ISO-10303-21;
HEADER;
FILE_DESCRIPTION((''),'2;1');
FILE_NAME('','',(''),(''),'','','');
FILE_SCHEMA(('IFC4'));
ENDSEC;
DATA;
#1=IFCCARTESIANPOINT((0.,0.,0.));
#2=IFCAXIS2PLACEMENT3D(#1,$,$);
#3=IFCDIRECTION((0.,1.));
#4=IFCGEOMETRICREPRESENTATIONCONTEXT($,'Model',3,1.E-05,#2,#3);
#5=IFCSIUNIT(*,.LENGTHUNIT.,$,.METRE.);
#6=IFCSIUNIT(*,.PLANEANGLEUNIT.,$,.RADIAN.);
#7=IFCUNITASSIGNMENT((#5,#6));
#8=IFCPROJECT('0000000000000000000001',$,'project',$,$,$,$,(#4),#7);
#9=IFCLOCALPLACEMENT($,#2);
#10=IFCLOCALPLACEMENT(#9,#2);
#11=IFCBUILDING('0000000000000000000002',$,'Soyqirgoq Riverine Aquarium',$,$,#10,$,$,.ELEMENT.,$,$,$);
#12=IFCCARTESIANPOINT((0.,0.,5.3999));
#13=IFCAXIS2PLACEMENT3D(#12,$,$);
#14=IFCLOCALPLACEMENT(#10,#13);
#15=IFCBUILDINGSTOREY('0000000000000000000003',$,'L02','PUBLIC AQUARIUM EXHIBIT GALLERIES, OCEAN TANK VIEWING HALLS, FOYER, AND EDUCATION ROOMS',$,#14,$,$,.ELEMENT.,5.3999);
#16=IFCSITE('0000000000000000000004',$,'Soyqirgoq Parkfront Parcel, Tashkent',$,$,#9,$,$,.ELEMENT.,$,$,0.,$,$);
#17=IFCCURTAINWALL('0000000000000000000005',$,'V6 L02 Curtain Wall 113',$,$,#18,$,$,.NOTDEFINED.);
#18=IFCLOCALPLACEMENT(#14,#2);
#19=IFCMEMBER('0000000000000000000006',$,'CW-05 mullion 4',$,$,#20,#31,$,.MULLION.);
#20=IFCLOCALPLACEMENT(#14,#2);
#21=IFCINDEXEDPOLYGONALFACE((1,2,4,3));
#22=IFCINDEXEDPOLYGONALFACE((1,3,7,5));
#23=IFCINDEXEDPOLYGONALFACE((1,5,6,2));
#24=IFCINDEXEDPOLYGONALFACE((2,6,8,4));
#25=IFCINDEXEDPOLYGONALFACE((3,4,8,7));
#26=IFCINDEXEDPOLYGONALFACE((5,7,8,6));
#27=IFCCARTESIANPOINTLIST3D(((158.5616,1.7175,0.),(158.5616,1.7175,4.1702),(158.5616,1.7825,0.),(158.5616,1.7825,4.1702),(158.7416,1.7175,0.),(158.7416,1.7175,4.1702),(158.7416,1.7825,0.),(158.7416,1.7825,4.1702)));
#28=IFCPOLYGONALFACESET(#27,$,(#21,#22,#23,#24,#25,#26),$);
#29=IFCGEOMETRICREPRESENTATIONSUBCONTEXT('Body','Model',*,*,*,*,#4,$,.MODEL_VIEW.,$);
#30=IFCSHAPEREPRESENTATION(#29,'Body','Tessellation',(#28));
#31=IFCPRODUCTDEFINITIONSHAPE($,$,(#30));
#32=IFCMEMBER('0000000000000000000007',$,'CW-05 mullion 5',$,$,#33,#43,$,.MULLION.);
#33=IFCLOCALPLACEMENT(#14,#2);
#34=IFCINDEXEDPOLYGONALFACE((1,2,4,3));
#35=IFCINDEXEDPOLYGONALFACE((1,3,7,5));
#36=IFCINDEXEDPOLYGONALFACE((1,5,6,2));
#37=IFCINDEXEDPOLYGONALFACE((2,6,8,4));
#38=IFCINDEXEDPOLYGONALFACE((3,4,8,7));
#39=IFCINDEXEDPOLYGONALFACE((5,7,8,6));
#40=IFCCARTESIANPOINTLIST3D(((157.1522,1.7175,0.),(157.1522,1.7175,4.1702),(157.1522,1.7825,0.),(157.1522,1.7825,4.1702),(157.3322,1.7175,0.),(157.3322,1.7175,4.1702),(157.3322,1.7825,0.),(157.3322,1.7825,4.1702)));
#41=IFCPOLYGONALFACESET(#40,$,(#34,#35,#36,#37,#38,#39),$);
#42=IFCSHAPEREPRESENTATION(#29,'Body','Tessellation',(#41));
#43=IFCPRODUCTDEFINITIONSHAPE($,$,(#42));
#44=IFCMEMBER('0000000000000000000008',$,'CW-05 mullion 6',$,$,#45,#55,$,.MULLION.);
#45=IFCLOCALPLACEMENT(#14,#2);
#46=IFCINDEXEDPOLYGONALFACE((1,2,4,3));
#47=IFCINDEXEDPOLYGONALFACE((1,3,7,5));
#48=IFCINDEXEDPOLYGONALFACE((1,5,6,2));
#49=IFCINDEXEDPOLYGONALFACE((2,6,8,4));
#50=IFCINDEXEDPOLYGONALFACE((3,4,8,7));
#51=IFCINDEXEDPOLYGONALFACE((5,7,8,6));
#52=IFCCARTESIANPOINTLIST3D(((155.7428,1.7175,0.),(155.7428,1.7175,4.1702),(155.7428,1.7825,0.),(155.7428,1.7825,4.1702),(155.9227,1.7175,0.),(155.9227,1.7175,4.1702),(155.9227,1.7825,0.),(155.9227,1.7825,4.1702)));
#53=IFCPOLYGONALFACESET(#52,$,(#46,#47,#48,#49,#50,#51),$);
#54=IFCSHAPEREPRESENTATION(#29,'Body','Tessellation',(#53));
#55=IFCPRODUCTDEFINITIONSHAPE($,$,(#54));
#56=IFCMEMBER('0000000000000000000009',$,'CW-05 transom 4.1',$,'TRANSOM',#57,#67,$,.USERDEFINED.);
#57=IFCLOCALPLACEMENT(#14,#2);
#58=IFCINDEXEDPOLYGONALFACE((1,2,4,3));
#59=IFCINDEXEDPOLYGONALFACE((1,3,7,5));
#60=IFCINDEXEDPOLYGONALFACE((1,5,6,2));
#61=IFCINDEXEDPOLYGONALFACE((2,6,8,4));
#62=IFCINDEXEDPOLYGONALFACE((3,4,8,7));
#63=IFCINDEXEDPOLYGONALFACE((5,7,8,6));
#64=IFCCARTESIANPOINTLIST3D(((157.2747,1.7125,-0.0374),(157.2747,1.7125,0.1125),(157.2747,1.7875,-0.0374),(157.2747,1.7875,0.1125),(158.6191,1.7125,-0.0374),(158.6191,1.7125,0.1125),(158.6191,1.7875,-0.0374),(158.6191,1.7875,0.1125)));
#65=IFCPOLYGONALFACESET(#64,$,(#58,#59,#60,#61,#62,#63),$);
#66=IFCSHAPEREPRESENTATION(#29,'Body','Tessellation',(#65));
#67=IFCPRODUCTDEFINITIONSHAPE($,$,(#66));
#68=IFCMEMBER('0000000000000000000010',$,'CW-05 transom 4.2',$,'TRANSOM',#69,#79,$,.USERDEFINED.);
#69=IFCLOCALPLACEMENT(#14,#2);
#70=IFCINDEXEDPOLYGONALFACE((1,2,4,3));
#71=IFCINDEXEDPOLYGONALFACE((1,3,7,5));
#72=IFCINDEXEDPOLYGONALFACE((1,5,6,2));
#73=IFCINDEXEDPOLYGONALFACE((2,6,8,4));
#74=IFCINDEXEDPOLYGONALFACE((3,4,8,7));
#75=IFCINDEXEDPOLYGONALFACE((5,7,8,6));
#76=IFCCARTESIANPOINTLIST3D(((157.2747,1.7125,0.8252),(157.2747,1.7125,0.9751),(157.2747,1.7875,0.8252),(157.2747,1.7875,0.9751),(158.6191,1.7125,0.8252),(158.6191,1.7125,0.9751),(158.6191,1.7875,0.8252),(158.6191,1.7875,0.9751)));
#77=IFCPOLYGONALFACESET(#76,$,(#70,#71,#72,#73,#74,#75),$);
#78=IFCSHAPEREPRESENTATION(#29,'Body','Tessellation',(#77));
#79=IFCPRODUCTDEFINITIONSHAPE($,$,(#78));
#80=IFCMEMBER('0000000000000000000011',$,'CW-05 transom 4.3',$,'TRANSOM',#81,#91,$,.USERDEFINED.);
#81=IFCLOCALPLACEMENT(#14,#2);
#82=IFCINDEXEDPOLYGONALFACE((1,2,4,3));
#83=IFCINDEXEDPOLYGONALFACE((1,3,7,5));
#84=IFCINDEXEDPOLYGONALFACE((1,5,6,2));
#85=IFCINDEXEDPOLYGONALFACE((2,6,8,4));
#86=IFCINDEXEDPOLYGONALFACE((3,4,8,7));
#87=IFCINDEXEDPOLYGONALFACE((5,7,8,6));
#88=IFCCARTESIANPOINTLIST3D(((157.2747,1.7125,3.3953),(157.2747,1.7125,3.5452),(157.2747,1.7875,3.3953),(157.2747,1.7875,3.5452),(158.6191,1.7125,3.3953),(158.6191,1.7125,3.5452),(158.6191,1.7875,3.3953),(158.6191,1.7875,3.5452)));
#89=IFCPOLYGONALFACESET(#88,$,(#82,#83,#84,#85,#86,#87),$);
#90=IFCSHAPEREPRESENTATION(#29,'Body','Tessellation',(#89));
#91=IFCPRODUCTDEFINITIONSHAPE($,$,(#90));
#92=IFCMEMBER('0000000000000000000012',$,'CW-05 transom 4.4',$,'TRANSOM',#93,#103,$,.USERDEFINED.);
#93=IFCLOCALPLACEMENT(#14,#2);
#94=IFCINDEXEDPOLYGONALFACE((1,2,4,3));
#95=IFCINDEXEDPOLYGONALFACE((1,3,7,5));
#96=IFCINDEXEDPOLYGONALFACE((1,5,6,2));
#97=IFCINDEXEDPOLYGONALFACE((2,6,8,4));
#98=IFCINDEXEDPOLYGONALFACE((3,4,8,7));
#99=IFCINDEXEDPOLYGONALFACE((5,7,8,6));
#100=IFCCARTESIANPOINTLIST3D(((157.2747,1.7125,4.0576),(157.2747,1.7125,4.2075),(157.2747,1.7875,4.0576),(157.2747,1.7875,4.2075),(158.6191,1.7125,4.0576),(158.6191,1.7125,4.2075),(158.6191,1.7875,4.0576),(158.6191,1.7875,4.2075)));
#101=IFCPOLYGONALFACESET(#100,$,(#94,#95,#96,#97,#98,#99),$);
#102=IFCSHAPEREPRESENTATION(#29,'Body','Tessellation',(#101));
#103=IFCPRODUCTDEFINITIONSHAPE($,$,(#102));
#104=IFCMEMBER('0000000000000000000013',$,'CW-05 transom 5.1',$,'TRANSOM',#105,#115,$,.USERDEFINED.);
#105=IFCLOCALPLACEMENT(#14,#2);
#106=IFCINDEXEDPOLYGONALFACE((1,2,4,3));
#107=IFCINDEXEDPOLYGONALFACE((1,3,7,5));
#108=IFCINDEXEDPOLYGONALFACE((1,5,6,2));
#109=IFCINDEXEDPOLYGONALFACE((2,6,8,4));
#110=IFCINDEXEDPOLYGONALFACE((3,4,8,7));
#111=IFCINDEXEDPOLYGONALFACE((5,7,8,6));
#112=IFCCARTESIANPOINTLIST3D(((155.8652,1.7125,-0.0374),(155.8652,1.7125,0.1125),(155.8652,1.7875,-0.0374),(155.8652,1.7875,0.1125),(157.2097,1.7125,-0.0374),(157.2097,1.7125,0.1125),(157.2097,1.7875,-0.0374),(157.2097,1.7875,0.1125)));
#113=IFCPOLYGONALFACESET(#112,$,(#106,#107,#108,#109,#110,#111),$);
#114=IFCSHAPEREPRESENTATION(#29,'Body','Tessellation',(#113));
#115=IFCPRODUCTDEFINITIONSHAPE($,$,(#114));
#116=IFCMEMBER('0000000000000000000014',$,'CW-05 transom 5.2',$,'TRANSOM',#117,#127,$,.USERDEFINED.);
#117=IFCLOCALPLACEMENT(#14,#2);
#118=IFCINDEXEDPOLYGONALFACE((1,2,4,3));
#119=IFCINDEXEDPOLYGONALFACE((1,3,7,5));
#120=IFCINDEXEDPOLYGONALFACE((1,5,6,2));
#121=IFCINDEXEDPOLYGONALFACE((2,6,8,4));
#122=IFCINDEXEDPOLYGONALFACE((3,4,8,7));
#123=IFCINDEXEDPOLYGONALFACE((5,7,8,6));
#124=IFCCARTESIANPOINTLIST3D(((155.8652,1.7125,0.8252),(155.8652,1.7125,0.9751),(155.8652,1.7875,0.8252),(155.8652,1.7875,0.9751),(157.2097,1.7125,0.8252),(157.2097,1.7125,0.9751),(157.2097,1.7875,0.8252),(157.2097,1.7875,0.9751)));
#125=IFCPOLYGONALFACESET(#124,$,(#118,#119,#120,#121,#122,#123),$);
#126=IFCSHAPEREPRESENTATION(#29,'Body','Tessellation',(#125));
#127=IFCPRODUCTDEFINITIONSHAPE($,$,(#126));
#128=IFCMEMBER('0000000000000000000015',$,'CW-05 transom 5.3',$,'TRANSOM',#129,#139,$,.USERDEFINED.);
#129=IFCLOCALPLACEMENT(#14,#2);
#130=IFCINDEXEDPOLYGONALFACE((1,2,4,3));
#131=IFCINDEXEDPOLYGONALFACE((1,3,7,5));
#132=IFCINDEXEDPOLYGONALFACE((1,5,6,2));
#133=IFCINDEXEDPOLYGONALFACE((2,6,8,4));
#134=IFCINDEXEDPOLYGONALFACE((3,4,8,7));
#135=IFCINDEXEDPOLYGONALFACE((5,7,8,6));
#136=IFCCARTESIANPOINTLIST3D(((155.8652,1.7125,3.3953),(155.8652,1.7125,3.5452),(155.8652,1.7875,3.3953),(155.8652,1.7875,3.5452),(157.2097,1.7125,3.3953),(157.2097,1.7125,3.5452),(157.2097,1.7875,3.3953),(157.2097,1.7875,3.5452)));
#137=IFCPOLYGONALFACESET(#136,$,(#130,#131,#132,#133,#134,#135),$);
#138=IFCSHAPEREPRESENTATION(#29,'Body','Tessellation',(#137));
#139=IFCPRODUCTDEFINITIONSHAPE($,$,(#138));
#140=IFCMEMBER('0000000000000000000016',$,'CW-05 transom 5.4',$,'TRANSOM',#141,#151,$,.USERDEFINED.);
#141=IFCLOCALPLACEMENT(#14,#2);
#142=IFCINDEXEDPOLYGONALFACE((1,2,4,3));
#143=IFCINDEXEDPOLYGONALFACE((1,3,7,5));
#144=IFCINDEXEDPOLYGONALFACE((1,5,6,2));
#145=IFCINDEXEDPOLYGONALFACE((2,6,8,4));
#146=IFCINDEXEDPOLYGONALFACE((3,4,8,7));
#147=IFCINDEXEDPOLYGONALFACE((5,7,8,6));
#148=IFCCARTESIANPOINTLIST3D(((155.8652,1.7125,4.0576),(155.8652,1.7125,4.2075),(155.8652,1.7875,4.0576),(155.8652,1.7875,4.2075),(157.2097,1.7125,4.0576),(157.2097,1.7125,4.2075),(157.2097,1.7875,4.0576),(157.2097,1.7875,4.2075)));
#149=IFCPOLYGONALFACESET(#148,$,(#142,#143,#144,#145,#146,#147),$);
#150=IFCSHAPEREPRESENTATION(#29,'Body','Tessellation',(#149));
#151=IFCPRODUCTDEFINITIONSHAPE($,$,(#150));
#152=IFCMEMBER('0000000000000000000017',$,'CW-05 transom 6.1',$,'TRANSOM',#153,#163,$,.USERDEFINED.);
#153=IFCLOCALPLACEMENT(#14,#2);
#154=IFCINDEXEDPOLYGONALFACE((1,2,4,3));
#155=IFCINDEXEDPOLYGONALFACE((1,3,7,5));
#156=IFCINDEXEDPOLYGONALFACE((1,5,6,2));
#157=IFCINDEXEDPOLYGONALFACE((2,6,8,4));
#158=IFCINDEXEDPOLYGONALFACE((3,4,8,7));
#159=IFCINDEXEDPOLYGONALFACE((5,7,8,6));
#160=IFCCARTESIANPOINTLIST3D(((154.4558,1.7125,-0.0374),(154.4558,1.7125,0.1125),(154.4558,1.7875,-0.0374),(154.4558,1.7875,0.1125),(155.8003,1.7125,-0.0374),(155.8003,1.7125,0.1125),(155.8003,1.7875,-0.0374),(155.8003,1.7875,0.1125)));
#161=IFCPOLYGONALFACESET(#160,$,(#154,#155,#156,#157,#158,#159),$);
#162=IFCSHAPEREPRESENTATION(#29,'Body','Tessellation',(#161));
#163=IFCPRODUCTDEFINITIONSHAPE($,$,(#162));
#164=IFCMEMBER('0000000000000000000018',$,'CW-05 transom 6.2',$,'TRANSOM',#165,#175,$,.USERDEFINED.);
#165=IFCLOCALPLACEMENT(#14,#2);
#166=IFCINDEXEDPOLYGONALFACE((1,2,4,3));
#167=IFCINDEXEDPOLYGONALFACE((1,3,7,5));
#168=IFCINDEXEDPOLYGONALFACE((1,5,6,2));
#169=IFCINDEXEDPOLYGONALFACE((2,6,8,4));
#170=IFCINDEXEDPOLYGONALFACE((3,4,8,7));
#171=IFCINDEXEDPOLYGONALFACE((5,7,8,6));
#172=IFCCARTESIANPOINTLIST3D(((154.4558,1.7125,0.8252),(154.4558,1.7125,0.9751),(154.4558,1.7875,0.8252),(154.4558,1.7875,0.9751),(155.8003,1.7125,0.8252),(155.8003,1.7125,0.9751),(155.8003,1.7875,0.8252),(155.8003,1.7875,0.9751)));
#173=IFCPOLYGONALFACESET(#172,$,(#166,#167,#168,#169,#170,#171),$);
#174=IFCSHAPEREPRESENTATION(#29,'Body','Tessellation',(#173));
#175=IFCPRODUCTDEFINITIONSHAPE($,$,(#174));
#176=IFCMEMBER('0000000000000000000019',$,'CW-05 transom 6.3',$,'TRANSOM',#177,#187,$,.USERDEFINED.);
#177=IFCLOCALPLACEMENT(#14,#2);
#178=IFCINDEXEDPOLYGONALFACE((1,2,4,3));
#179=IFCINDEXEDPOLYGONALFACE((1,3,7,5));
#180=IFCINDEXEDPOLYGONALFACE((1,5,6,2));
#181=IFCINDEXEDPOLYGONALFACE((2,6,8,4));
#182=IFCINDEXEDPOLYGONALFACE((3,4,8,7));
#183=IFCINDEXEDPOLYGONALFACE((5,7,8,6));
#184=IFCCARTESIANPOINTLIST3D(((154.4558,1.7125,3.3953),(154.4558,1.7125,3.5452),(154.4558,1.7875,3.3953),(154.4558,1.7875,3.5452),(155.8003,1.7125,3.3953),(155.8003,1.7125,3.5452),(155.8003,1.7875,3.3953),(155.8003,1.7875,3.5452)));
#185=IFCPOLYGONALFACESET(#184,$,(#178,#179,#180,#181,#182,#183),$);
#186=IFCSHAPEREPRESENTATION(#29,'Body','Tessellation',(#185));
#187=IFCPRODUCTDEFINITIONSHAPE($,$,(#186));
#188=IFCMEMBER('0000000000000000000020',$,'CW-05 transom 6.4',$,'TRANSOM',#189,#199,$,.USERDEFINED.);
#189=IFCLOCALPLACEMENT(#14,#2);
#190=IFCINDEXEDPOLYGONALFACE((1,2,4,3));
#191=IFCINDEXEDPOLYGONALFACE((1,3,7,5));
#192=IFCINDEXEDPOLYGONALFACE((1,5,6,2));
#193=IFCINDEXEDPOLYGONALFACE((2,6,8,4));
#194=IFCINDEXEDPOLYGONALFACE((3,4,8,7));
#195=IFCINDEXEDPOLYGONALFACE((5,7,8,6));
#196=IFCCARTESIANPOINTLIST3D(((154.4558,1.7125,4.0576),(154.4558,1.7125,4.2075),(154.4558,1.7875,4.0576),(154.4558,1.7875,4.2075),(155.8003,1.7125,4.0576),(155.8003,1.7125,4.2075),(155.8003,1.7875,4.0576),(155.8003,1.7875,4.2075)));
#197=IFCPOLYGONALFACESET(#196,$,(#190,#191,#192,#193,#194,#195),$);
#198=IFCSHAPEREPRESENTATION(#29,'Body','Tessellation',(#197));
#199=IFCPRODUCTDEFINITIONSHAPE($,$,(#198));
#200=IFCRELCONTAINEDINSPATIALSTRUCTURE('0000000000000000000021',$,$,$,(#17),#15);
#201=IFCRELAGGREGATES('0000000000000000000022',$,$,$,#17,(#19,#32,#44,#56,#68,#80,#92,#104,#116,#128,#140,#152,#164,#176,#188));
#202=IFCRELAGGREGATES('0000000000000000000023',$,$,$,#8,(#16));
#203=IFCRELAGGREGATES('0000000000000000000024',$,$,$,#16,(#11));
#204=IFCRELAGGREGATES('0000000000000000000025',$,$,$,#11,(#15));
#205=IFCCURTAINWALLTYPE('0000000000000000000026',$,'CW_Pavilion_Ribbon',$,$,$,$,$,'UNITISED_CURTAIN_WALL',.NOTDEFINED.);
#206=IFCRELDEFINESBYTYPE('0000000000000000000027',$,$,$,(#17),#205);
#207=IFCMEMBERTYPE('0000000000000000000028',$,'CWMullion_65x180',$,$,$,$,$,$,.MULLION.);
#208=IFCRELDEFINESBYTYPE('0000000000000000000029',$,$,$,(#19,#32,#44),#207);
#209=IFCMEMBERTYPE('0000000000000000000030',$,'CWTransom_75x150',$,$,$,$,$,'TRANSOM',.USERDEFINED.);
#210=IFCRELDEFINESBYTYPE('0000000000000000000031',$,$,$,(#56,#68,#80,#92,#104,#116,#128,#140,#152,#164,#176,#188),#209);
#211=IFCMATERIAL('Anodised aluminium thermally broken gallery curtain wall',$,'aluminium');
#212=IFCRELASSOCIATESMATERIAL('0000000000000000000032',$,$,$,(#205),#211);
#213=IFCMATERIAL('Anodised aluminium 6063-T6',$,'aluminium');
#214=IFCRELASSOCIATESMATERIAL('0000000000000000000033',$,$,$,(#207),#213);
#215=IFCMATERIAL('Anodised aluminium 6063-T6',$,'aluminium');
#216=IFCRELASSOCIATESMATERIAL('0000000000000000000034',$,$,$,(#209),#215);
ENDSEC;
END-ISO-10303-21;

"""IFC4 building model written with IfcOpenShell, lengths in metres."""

from ifc_helpers import new_model, si_unit, direction, frame, origin, origin_2d, place, context, subcontext, project, spatial, rectangle, extrude, material, material_profile, profile_set, type_object, element, aggregate, save


model = new_model("IFC4")

# Units and contexts
model_context = context("Model", 3, precision=1e-05, world=origin(), true_north=direction((0.0, 1.0)))
body_context = subcontext(model_context, "Body", "Model", "MODEL_VIEW")
ifc_project = project(units=[si_unit("LENGTHUNIT", "METRE"), si_unit("PLANEANGLEUNIT", "RADIAN")], contexts=[model_context])

# Site, building, storey
site_placement = place(None, origin())
site = spatial("IfcSite", under=ifc_project, at=site_placement, Name="Soyqirgoq Parkfront Parcel, Tashkent", CompositionType="ELEMENT", RefElevation=0.0)
building_placement = place(site_placement, origin())
building = spatial("IfcBuilding", under=site, at=building_placement, Name="Soyqirgoq Riverine Aquarium", CompositionType="ELEMENT")
storey_placement = place(building_placement, frame((0.0, 0.0, 5.3999)))
storey = spatial("IfcBuildingStorey", under=building, at=storey_placement, Name="L02", Description="PUBLIC AQUARIUM EXHIBIT GALLERIES, OCEAN TANK VIEWING HALLS, FOYER, AND EDUCATION ROOMS", CompositionType="ELEMENT", Elevation=5.3999)

# Curtain wall, members
ifc_material_1 = material(Name="Anodised aluminium thermally broken gallery curtain wall", Category="aluminium")
curtain_wall_type = type_object("IfcCurtainWallType", Name="CW_Pavilion_Ribbon", ElementType="UNITISED_CURTAIN_WALL", PredefinedType="NOTDEFINED", material=ifc_material_1)
curtain_wall_placement = place(storey_placement, origin())
curtain_wall = element("IfcCurtainWall", 1, at=curtain_wall_placement, inside=storey, type_object=curtain_wall_type, Name="V6 L02 Curtain Wall 113", PredefinedType="NOTDEFINED")
ifc_material_2 = material(Name="Anodised aluminium 6063-T6", Category="aluminium")
ifc_material_profile_1 = material_profile(ifc_material_2, rectangle(XDim=0.0649, YDim=0.1799, at=origin_2d()), Name="ALU-M 65x180")
ifc_profile_set_1 = profile_set([ifc_material_profile_1], Name="Anodised aluminium 6063-T6")
member_type_1 = type_object("IfcMemberType", Name="CWMullion_65x180", PredefinedType="MULLION", material=ifc_profile_set_1)
member_1_placement = place(storey_placement, frame((158.6516, 1.75, 0.0), z_axis=(0.0, 0.0, 1.0), x_axis=(0.0, -1.0, 0.0)))
member_1 = element("IfcMember", 2, at=member_1_placement, type_object=member_type_1, Name="CW-05 mullion 4", PredefinedType="MULLION", context=body_context, shape_type="SweptSolid", body=[
    extrude(rectangle(XDim=0.0649, YDim=0.1799, at=origin_2d()), origin(), (0.0, 0.0, 1.0), 4.1702),
])
member_2_placement = place(storey_placement, frame((157.2422, 1.75, 0.0), z_axis=(0.0, 0.0, 1.0), x_axis=(0.0, -1.0, 0.0)))
member_2 = element("IfcMember", 3, at=member_2_placement, type_object=member_type_1, Name="CW-05 mullion 5", PredefinedType="MULLION", context=body_context, shape_type="SweptSolid", body=[
    extrude(rectangle(XDim=0.0649, YDim=0.1799, at=origin_2d()), origin(), (0.0, 0.0, 1.0), 4.1702),
])
member_3_placement = place(storey_placement, frame((155.8328, 1.75, 0.0), z_axis=(0.0, 0.0, 1.0), x_axis=(0.0, -1.0, 0.0)))
member_3 = element("IfcMember", 4, at=member_3_placement, type_object=member_type_1, Name="CW-05 mullion 6", PredefinedType="MULLION", context=body_context, shape_type="SweptSolid", body=[
    extrude(rectangle(XDim=0.0649, YDim=0.1799, at=origin_2d()), origin(), (0.0, 0.0, 1.0), 4.1702),
])
ifc_material_3 = material(Name="Anodised aluminium 6063-T6", Category="aluminium")
ifc_material_profile_2 = material_profile(ifc_material_3, rectangle(XDim=0.075, YDim=0.1499, at=origin_2d()), Name="ALU-T 75x150")
ifc_profile_set_2 = profile_set([ifc_material_profile_2], Name="Anodised aluminium 6063-T6")
member_type_2 = type_object("IfcMemberType", Name="CWTransom_75x150", ElementType="TRANSOM", PredefinedType="USERDEFINED", material=ifc_profile_set_2)
member_4_placement = place(storey_placement, frame((158.6191, 1.75, 0.0376), z_axis=(-1.0, 0.0, 0.0), x_axis=(0.0, -1.0, 0.0)))
member_4 = element("IfcMember", 5, at=member_4_placement, type_object=member_type_2, Name="CW-05 transom 4.1", ObjectType="TRANSOM", PredefinedType="USERDEFINED", context=body_context, shape_type="SweptSolid", body=[
    extrude(rectangle(XDim=0.075, YDim=0.1499, at=origin_2d()), origin(), (0.0, 0.0, 1.0), 1.3445),
])
member_5_placement = place(storey_placement, frame((158.6191, 1.75, 0.9001), z_axis=(-1.0, 0.0, 0.0), x_axis=(0.0, -1.0, 0.0)))
member_5 = element("IfcMember", 6, at=member_5_placement, type_object=member_type_2, Name="CW-05 transom 4.2", ObjectType="TRANSOM", PredefinedType="USERDEFINED", context=body_context, shape_type="SweptSolid", body=[
    extrude(rectangle(XDim=0.075, YDim=0.1499, at=origin_2d()), origin(), (0.0, 0.0, 1.0), 1.3445),
])
member_6_placement = place(storey_placement, frame((158.6191, 1.75, 3.4702), z_axis=(-1.0, 0.0, 0.0), x_axis=(0.0, -1.0, 0.0)))
member_6 = element("IfcMember", 7, at=member_6_placement, type_object=member_type_2, Name="CW-05 transom 4.3", ObjectType="TRANSOM", PredefinedType="USERDEFINED", context=body_context, shape_type="SweptSolid", body=[
    extrude(rectangle(XDim=0.075, YDim=0.1499, at=origin_2d()), origin(), (0.0, 0.0, 1.0), 1.3445),
])
member_7_placement = place(storey_placement, frame((158.6191, 1.75, 4.1326), z_axis=(-1.0, 0.0, 0.0), x_axis=(0.0, -1.0, 0.0)))
member_7 = element("IfcMember", 8, at=member_7_placement, type_object=member_type_2, Name="CW-05 transom 4.4", ObjectType="TRANSOM", PredefinedType="USERDEFINED", context=body_context, shape_type="SweptSolid", body=[
    extrude(rectangle(XDim=0.075, YDim=0.1499, at=origin_2d()), origin(), (0.0, 0.0, 1.0), 1.3445),
])
member_8_placement = place(storey_placement, frame((157.2097, 1.75, 0.0376), z_axis=(-1.0, 0.0, 0.0), x_axis=(0.0, -1.0, 0.0)))
member_8 = element("IfcMember", 9, at=member_8_placement, type_object=member_type_2, Name="CW-05 transom 5.1", ObjectType="TRANSOM", PredefinedType="USERDEFINED", context=body_context, shape_type="SweptSolid", body=[
    extrude(rectangle(XDim=0.075, YDim=0.1499, at=origin_2d()), origin(), (0.0, 0.0, 1.0), 1.3445),
])
member_9_placement = place(storey_placement, frame((157.2097, 1.75, 0.9001), z_axis=(-1.0, 0.0, 0.0), x_axis=(0.0, -1.0, 0.0)))
member_9 = element("IfcMember", 10, at=member_9_placement, type_object=member_type_2, Name="CW-05 transom 5.2", ObjectType="TRANSOM", PredefinedType="USERDEFINED", context=body_context, shape_type="SweptSolid", body=[
    extrude(rectangle(XDim=0.075, YDim=0.1499, at=origin_2d()), origin(), (0.0, 0.0, 1.0), 1.3445),
])
member_10_placement = place(storey_placement, frame((157.2097, 1.75, 3.4702), z_axis=(-1.0, 0.0, 0.0), x_axis=(0.0, -1.0, 0.0)))
member_10 = element("IfcMember", 11, at=member_10_placement, type_object=member_type_2, Name="CW-05 transom 5.3", ObjectType="TRANSOM", PredefinedType="USERDEFINED", context=body_context, shape_type="SweptSolid", body=[
    extrude(rectangle(XDim=0.075, YDim=0.1499, at=origin_2d()), origin(), (0.0, 0.0, 1.0), 1.3445),
])
member_11_placement = place(storey_placement, frame((157.2097, 1.75, 4.1326), z_axis=(-1.0, 0.0, 0.0), x_axis=(0.0, -1.0, 0.0)))
member_11 = element("IfcMember", 12, at=member_11_placement, type_object=member_type_2, Name="CW-05 transom 5.4", ObjectType="TRANSOM", PredefinedType="USERDEFINED", context=body_context, shape_type="SweptSolid", body=[
    extrude(rectangle(XDim=0.075, YDim=0.1499, at=origin_2d()), origin(), (0.0, 0.0, 1.0), 1.3445),
])
member_12_placement = place(storey_placement, frame((155.8003, 1.75, 0.0376), z_axis=(-1.0, 0.0, 0.0), x_axis=(0.0, -1.0, 0.0)))
member_12 = element("IfcMember", 13, at=member_12_placement, type_object=member_type_2, Name="CW-05 transom 6.1", ObjectType="TRANSOM", PredefinedType="USERDEFINED", context=body_context, shape_type="SweptSolid", body=[
    extrude(rectangle(XDim=0.075, YDim=0.1499, at=origin_2d()), origin(), (0.0, 0.0, 1.0), 1.3445),
])
member_13_placement = place(storey_placement, frame((155.8003, 1.75, 0.9001), z_axis=(-1.0, 0.0, 0.0), x_axis=(0.0, -1.0, 0.0)))
member_13 = element("IfcMember", 14, at=member_13_placement, type_object=member_type_2, Name="CW-05 transom 6.2", ObjectType="TRANSOM", PredefinedType="USERDEFINED", context=body_context, shape_type="SweptSolid", body=[
    extrude(rectangle(XDim=0.075, YDim=0.1499, at=origin_2d()), origin(), (0.0, 0.0, 1.0), 1.3445),
])
member_14_placement = place(storey_placement, frame((155.8003, 1.75, 3.4702), z_axis=(-1.0, 0.0, 0.0), x_axis=(0.0, -1.0, 0.0)))
member_14 = element("IfcMember", 15, at=member_14_placement, type_object=member_type_2, Name="CW-05 transom 6.3", ObjectType="TRANSOM", PredefinedType="USERDEFINED", context=body_context, shape_type="SweptSolid", body=[
    extrude(rectangle(XDim=0.075, YDim=0.1499, at=origin_2d()), origin(), (0.0, 0.0, 1.0), 1.3445),
])
member_15_placement = place(storey_placement, frame((155.8003, 1.75, 4.1326), z_axis=(-1.0, 0.0, 0.0), x_axis=(0.0, -1.0, 0.0)))
member_15 = element("IfcMember", 16, at=member_15_placement, type_object=member_type_2, Name="CW-05 transom 6.4", ObjectType="TRANSOM", PredefinedType="USERDEFINED", context=body_context, shape_type="SweptSolid", body=[
    extrude(rectangle(XDim=0.075, YDim=0.1499, at=origin_2d()), origin(), (0.0, 0.0, 1.0), 1.3445),
])

aggregate(curtain_wall, [member_1, member_2, member_3, member_4, member_5, member_6, member_7, member_8, member_9, member_10, member_11, member_12, member_13, member_14, member_15])

save(model, "model.ifc")
